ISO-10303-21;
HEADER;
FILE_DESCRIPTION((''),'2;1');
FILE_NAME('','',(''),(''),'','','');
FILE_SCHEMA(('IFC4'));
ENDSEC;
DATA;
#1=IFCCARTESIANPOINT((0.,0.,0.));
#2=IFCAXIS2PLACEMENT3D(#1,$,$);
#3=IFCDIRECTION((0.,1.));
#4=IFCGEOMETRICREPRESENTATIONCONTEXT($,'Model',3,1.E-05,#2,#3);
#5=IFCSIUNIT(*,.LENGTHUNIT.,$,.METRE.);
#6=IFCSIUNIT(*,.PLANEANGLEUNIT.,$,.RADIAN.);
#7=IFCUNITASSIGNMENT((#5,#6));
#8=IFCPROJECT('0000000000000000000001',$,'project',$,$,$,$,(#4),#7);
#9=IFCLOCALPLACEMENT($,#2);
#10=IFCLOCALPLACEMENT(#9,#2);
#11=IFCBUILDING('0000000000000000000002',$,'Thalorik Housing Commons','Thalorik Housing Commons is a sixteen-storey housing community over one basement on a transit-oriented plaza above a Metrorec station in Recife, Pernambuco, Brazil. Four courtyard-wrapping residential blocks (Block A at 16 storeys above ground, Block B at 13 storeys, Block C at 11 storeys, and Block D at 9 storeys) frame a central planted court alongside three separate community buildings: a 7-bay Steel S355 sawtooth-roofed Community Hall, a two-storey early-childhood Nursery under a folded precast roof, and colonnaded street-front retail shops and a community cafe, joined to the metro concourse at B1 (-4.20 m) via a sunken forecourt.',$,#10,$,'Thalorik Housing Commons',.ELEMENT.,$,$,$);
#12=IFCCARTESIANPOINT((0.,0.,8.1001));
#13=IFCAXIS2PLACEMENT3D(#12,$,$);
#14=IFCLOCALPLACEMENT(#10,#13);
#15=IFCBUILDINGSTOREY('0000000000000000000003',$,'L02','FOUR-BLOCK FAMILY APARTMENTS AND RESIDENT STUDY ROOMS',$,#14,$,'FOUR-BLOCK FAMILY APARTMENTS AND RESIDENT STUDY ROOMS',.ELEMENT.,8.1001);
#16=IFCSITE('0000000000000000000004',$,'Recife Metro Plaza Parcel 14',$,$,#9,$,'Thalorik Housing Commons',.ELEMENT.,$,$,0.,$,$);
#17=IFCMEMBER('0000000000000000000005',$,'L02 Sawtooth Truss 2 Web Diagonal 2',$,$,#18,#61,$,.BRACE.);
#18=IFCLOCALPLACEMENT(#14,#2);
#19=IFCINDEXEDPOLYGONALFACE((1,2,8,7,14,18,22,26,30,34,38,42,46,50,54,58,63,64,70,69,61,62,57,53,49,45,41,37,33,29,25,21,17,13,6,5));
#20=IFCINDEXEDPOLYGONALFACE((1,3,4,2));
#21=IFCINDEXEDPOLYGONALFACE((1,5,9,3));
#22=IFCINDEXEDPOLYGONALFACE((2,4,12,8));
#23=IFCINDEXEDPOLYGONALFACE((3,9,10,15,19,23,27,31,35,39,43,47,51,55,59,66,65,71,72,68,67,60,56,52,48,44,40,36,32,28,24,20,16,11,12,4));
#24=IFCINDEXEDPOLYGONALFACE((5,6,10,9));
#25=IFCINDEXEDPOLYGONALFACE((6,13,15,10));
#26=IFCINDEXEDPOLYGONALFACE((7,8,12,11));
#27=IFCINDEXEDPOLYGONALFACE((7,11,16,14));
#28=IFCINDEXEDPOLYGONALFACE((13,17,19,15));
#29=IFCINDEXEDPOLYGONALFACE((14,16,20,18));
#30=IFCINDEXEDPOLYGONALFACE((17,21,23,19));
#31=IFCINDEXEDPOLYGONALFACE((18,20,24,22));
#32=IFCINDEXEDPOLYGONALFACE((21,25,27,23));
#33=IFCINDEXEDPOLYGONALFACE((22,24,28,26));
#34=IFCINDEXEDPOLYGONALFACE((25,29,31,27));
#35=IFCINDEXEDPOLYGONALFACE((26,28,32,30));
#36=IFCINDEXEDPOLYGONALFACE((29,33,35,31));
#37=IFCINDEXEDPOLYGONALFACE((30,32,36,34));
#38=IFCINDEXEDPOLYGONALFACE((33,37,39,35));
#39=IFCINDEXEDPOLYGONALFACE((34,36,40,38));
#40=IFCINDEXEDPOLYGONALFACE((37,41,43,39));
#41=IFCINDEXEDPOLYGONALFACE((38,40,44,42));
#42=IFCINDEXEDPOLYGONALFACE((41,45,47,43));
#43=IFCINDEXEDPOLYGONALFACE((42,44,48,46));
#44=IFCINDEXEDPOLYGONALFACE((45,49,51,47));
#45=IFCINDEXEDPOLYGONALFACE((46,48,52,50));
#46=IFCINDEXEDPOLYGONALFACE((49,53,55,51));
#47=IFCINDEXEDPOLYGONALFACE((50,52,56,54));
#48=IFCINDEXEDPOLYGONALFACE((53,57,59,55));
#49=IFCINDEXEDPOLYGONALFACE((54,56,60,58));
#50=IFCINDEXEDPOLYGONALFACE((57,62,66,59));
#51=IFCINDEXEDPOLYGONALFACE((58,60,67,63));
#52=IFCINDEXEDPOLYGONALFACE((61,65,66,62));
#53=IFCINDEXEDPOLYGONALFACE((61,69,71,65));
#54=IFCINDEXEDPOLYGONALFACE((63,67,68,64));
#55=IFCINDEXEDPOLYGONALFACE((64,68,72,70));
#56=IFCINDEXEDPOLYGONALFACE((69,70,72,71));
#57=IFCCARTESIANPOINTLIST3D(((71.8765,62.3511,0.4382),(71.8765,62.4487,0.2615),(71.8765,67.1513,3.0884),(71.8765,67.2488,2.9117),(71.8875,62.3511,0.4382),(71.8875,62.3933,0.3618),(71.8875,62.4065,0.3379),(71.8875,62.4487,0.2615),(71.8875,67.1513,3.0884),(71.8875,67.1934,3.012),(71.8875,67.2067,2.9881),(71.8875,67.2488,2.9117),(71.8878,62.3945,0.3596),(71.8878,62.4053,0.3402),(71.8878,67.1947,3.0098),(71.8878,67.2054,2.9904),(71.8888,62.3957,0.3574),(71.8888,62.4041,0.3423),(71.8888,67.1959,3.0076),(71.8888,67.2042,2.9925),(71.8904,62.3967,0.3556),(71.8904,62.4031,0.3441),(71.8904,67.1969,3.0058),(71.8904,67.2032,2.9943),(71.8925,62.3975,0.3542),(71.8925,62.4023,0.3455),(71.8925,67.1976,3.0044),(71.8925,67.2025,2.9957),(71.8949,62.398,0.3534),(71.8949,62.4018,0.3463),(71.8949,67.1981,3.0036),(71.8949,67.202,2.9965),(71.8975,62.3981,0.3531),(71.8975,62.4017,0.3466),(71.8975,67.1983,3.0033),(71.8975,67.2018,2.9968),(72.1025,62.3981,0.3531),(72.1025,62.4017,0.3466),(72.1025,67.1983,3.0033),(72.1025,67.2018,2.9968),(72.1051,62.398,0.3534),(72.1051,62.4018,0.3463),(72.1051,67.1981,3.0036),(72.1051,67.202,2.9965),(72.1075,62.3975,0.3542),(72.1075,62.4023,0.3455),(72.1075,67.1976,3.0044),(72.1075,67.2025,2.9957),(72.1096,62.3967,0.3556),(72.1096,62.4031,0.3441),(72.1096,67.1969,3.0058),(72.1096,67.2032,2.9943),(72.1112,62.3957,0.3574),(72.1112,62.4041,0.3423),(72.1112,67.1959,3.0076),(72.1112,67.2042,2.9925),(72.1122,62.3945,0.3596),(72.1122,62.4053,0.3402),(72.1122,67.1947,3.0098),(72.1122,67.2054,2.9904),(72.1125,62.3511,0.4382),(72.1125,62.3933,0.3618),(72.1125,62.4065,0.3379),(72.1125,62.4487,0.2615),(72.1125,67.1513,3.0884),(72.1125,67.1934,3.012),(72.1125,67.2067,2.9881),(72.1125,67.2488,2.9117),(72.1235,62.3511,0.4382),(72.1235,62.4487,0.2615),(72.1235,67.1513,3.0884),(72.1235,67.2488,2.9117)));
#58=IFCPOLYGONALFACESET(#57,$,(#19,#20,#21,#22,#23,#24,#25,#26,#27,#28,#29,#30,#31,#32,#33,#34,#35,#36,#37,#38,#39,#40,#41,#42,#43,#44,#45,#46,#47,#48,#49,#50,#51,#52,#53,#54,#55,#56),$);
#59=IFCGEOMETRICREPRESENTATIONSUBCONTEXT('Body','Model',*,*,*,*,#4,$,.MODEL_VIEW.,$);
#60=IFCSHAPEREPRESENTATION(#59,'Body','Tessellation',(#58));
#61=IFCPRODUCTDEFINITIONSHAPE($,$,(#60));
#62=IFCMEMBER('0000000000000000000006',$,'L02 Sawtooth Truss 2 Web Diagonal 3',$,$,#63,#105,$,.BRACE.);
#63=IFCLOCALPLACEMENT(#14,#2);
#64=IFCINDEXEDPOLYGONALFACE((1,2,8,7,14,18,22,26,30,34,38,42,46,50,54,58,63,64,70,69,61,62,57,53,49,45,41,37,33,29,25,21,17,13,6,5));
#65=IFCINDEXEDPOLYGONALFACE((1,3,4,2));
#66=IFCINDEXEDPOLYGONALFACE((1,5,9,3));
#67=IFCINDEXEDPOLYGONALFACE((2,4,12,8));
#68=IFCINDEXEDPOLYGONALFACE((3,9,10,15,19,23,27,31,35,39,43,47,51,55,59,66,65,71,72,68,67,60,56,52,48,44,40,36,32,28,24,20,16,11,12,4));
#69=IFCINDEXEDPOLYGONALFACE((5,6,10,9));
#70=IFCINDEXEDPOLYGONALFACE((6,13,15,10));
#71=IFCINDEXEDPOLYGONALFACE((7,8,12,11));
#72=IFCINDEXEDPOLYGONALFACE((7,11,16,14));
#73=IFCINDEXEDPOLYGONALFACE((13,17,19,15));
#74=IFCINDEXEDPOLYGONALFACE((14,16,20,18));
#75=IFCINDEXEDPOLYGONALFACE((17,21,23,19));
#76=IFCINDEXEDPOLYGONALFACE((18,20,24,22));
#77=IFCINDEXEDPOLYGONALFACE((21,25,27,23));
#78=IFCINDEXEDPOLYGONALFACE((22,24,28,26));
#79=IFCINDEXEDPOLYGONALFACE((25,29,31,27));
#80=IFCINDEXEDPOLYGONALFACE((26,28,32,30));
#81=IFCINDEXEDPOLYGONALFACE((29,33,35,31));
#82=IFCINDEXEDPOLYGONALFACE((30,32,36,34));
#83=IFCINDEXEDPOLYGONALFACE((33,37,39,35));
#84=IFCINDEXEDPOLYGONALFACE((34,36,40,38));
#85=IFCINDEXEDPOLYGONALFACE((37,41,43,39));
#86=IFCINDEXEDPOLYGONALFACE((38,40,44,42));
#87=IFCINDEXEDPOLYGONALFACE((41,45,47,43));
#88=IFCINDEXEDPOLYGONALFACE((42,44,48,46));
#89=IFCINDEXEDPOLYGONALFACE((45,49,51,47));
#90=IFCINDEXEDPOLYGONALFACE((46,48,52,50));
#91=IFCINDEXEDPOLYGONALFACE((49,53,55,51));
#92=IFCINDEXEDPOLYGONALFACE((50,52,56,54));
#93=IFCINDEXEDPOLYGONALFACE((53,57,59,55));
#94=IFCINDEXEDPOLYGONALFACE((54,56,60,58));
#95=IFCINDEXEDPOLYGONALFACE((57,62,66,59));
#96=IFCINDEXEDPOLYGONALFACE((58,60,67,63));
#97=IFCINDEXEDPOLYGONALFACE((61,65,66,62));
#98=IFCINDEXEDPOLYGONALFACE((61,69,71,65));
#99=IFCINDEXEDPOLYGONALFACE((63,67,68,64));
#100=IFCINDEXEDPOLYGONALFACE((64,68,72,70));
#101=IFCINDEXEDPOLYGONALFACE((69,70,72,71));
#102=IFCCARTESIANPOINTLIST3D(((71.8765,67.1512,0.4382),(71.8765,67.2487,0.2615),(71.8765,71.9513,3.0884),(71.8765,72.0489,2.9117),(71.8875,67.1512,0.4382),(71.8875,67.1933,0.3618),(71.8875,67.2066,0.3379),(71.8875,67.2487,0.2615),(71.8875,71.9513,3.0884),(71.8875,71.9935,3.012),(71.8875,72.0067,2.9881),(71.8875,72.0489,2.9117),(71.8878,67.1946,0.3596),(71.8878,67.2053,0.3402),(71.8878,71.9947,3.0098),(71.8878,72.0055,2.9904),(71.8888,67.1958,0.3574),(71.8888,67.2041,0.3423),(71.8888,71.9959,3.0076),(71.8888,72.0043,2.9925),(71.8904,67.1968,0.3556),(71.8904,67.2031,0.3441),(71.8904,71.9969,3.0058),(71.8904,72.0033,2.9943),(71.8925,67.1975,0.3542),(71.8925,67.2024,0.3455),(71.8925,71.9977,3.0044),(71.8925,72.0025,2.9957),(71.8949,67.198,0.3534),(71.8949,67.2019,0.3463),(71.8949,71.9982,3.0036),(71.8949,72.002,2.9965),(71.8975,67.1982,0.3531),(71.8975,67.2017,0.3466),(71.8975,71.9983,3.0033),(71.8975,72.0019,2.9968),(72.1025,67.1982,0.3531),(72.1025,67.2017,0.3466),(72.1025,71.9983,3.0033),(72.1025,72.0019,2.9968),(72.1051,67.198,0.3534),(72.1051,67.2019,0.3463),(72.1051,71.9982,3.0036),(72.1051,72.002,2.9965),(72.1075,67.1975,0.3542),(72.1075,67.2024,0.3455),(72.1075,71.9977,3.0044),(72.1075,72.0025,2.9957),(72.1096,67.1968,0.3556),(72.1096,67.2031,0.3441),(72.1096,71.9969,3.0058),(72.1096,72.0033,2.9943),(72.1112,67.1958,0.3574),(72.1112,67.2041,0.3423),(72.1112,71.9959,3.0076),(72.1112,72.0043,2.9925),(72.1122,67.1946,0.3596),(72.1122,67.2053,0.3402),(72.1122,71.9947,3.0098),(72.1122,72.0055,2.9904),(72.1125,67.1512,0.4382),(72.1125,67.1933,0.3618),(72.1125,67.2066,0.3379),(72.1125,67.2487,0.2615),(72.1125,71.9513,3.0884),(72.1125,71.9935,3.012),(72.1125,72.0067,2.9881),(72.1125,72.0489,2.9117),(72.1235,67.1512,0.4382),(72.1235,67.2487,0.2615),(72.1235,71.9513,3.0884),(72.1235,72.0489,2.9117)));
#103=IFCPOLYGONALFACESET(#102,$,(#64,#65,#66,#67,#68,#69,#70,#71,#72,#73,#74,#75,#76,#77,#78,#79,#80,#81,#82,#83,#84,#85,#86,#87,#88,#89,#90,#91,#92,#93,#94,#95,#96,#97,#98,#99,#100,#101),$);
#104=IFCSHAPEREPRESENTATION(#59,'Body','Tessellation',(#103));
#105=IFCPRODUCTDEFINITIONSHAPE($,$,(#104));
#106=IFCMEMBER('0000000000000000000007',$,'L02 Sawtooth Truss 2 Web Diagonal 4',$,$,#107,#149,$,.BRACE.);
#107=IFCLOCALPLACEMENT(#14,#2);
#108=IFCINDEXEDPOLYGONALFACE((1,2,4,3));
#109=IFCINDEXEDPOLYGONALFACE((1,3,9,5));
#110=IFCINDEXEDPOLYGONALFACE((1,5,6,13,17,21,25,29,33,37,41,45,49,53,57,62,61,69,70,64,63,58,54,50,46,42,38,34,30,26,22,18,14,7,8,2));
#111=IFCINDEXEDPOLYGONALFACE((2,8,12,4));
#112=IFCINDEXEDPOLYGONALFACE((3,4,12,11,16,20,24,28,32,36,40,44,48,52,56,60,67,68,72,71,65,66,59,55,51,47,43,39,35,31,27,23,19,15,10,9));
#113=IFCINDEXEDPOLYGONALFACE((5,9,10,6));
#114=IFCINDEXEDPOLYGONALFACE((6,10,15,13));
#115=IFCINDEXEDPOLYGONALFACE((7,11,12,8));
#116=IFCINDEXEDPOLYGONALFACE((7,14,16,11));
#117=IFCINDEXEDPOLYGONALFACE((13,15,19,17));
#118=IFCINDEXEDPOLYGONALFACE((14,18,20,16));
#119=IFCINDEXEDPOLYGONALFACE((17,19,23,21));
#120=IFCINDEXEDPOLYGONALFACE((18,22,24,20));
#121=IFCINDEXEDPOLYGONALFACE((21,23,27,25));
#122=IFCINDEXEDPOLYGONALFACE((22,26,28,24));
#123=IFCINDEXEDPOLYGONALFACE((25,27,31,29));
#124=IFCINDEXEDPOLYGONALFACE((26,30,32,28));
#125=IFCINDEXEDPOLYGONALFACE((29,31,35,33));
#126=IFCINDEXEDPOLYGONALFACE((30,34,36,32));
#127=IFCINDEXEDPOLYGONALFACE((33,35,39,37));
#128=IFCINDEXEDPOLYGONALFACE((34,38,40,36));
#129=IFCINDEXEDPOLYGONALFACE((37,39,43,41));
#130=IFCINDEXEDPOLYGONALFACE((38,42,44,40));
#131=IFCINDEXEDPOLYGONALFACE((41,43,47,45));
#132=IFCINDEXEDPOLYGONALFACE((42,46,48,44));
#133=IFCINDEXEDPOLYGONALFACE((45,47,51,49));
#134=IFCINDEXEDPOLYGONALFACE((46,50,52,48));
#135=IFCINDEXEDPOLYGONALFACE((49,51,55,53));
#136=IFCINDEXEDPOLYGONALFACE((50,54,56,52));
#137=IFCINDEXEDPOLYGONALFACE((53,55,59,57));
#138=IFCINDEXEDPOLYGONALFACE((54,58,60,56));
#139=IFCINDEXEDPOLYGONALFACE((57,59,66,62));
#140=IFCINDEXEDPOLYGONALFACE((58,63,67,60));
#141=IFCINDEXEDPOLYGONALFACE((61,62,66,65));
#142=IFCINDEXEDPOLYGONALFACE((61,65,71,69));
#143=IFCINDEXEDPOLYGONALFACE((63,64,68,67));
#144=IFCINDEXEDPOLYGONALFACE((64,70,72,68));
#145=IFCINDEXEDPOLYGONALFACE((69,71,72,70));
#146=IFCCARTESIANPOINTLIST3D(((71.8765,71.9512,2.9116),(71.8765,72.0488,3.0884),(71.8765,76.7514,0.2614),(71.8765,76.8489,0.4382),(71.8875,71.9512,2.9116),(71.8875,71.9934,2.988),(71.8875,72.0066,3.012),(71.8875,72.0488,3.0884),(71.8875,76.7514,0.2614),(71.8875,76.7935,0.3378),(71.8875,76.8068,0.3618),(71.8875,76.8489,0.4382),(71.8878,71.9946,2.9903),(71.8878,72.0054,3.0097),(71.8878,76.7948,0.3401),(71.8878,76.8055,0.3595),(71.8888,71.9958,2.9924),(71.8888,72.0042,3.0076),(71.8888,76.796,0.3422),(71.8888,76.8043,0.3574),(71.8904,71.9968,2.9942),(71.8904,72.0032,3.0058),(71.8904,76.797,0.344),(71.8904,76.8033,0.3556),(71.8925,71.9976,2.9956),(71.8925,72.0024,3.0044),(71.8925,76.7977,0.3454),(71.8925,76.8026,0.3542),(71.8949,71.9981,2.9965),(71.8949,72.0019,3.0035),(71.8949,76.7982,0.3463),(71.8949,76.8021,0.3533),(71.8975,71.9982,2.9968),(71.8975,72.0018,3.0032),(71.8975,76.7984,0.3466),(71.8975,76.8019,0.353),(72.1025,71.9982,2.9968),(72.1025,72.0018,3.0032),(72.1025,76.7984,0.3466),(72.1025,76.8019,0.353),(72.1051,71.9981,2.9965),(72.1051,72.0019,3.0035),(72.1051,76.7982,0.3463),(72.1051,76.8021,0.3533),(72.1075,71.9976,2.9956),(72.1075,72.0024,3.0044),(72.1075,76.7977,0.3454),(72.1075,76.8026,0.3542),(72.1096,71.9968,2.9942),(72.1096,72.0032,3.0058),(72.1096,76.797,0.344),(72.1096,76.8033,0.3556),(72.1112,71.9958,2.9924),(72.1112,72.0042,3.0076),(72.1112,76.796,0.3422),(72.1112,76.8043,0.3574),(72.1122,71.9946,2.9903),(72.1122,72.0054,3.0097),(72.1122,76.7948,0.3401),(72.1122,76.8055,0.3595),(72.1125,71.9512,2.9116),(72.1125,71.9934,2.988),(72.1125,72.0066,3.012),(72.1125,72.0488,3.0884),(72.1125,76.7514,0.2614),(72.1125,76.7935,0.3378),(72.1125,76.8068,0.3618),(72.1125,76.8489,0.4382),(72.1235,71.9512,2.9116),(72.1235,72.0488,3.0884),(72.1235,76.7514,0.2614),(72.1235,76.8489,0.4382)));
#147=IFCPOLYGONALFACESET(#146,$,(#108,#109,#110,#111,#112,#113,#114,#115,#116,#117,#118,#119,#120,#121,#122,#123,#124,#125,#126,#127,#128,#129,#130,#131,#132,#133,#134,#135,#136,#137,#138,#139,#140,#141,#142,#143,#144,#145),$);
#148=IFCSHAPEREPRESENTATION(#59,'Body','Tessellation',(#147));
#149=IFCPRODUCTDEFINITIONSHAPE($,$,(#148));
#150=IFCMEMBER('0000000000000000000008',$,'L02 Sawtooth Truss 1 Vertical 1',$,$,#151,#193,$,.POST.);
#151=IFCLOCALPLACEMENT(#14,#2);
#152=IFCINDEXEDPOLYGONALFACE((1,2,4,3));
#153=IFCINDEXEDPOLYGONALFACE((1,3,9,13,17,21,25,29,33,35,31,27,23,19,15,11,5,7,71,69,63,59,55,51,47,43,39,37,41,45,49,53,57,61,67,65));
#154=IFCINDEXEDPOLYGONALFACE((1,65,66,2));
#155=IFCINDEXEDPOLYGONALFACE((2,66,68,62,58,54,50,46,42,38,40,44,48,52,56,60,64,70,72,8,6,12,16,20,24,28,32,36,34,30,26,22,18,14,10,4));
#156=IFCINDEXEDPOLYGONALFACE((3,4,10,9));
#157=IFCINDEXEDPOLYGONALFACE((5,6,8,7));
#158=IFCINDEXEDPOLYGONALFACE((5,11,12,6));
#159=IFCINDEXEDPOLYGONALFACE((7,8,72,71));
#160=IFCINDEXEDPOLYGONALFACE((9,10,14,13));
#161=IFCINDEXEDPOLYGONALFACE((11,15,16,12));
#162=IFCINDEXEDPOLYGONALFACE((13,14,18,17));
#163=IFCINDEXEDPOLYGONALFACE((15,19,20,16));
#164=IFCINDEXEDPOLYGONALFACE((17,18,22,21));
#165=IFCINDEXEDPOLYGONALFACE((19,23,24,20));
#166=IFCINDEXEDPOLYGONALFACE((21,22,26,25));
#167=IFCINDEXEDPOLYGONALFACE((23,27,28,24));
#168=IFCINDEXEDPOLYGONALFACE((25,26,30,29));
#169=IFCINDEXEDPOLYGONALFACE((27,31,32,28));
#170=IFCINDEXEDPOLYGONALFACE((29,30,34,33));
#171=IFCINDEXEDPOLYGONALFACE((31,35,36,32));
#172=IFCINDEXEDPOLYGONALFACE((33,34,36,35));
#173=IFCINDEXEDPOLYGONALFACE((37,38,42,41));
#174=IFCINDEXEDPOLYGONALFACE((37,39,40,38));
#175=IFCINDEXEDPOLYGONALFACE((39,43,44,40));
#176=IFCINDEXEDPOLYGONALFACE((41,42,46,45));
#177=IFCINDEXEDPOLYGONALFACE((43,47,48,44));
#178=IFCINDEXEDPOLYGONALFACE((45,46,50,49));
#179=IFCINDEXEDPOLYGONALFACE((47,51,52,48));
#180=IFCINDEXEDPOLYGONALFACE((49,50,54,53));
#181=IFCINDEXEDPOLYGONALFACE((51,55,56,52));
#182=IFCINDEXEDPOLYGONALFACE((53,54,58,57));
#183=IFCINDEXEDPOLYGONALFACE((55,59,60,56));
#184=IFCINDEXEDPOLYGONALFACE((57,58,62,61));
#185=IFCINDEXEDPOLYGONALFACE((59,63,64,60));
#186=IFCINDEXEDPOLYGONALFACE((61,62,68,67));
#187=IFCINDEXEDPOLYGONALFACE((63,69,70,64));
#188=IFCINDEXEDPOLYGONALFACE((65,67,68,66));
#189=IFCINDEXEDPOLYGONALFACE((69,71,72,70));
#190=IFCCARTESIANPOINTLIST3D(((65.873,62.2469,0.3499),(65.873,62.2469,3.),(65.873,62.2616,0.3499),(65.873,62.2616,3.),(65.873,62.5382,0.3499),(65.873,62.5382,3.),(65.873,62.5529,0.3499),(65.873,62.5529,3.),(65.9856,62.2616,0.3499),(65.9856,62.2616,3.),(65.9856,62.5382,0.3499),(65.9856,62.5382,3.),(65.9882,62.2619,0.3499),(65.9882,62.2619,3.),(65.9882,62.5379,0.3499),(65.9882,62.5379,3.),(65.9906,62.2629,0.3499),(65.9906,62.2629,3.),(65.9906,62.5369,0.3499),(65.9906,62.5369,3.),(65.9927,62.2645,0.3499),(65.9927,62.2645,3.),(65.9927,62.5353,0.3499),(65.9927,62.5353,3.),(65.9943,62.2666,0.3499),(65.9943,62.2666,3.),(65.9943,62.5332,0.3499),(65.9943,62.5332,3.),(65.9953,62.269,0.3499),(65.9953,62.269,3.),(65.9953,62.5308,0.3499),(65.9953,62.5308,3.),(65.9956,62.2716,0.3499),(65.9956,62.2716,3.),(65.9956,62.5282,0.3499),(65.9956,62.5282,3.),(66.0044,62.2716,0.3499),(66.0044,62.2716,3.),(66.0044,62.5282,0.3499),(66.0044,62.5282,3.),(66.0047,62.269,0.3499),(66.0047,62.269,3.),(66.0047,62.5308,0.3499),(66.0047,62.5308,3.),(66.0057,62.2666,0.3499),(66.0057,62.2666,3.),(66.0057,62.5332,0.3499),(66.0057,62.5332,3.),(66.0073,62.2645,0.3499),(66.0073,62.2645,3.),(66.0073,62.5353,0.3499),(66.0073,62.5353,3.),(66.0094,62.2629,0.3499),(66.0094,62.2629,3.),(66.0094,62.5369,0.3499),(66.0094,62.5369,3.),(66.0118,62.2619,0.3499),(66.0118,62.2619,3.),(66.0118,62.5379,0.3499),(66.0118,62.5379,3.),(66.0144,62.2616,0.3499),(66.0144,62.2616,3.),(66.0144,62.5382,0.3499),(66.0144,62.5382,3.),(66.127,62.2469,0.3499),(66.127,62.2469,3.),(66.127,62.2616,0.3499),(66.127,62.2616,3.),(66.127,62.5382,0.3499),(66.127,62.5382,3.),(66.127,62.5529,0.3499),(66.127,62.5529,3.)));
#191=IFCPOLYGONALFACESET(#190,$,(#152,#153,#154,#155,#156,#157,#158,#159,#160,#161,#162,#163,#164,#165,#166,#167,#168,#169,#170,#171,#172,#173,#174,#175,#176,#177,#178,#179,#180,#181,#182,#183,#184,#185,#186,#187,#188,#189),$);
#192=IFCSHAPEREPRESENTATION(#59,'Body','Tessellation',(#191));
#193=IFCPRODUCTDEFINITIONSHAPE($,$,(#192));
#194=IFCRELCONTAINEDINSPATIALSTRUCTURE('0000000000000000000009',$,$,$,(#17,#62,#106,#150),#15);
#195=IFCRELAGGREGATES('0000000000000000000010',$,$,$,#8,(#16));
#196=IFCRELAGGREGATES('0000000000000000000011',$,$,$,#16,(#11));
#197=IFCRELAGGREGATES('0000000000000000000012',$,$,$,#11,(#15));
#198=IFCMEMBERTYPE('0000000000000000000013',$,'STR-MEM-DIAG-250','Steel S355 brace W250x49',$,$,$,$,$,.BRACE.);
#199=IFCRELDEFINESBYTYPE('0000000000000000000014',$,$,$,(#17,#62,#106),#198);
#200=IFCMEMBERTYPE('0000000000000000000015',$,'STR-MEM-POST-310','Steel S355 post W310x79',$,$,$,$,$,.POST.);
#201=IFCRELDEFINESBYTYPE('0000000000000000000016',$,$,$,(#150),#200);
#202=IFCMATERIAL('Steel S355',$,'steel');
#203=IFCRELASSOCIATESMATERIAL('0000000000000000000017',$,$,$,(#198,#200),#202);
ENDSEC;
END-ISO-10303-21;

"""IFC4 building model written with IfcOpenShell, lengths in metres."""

from ifc_helpers import new_model, si_unit, direction, frame, origin, origin_2d, place, context, subcontext, project, spatial, i_section, extrude, material, material_profile, profile_set, type_object, element, save


model = new_model("IFC4")

# Units and contexts
model_context = context("Model", 3, precision=1e-05, world=origin(), true_north=direction((0.0, 1.0)))
body_context = subcontext(model_context, "Body", "Model", "MODEL_VIEW")
ifc_project = project(units=[si_unit("LENGTHUNIT", "METRE"), si_unit("PLANEANGLEUNIT", "RADIAN")], contexts=[model_context])

# Site, building, storey
site_placement = place(None, origin())
site = spatial("IfcSite", under=ifc_project, at=site_placement, Name="Recife Metro Plaza Parcel 14", LongName="Thalorik Housing Commons", CompositionType="ELEMENT", RefElevation=0.0)
building_placement = place(site_placement, origin())
building = spatial("IfcBuilding", under=site, at=building_placement, Name="Thalorik Housing Commons", Description="Thalorik Housing Commons is a sixteen-storey housing community over one basement on a transit-oriented plaza above a Metrorec station in Recife, Pernambuco, Brazil. Four courtyard-wrapping residential blocks (Block A at 16 storeys above ground, Block B at 13 storeys, Block C at 11 storeys, and Block D at 9 storeys) frame a central planted court alongside three separate community buildings: a 7-bay Steel S355 sawtooth-roofed Community Hall, a two-storey early-childhood Nursery under a folded precast roof, and colonnaded street-front retail shops and a community cafe, joined to the metro concourse at B1 (-4.20 m) via a sunken forecourt.", LongName="Thalorik Housing Commons", CompositionType="ELEMENT")
storey_placement = place(building_placement, frame((0.0, 0.0, 8.1001)))
storey = spatial("IfcBuildingStorey", under=building, at=storey_placement, Name="L02", Description="FOUR-BLOCK FAMILY APARTMENTS AND RESIDENT STUDY ROOMS", LongName="FOUR-BLOCK FAMILY APARTMENTS AND RESIDENT STUDY ROOMS", CompositionType="ELEMENT", Elevation=8.1001)

# Shared definitions
ifc_material_1 = material(Name="Steel S355", Category="steel")

# Members
ifc_material_profile_1 = material_profile(ifc_material_1, i_section(OverallWidth=0.2019, OverallDepth=0.2471, WebThickness=0.0073, FlangeThickness=0.011, FilletRadius=0.01, at=origin_2d()), Name="W250x49", Category="steel")
ifc_profile_set_1 = profile_set([ifc_material_profile_1], Name="Steel S355")
member_type_1 = type_object("IfcMemberType", Name="STR-MEM-DIAG-250", Description="Steel S355 brace W250x49", PredefinedType="BRACE", material=ifc_profile_set_1)
for number, where, z_axis, x_axis, name in (
    (1, (72.0, 62.3999, 0.3499), (0.0, 0.875435, 0.483335), (0.0, -0.483335, 0.875435), "L02 Sawtooth Truss 2 Web Diagonal 2"),
    (2, (72.0, 67.2, 0.3499), (0.0, 0.875435, 0.483335), (0.0, -0.483335, 0.875435), "L02 Sawtooth Truss 2 Web Diagonal 3"),
    (3, (72.0, 72.0, 3.0), (0.0, 0.875435, -0.483335), (0.0, 0.483335, 0.875435), "L02 Sawtooth Truss 2 Web Diagonal 4"),
):
    element("IfcMember", number, at=place(storey_placement, frame(where, z_axis=z_axis, x_axis=x_axis)), inside=storey, type_object=member_type_1, Name=name, PredefinedType="BRACE", context=body_context, shape_type="SweptSolid", body=[
        extrude(i_section(OverallWidth=0.2019, OverallDepth=0.2471, WebThickness=0.0073, FlangeThickness=0.011, FilletRadius=0.01, at=origin_2d()), origin(), (0.0, 0.0, 1.0), 5.4832),
    ])
ifc_material_profile_2 = material_profile(ifc_material_1, i_section(OverallWidth=0.2539, OverallDepth=0.3059, WebThickness=0.0088, FlangeThickness=0.0146, FilletRadius=0.01, at=origin_2d()), Name="W310x79", Category="steel")
ifc_profile_set_2 = profile_set([ifc_material_profile_2], Name="Steel S355")
member_type_2 = type_object("IfcMemberType", Name="STR-MEM-POST-310", Description="Steel S355 post W310x79", PredefinedType="POST", material=ifc_profile_set_2)
for number, where, z_axis, x_axis, name in (
    (4, (66.0, 62.3999, 0.3499), (0.0, 0.0, 1.0), (1.0, 0.0, 0.0), "L02 Sawtooth Truss 1 Vertical 1"),
):
    element("IfcMember", number, at=place(storey_placement, frame(where, z_axis=z_axis, x_axis=x_axis)), inside=storey, type_object=member_type_2, Name=name, PredefinedType="POST", context=body_context, shape_type="SweptSolid", body=[
        extrude(i_section(OverallWidth=0.2539, OverallDepth=0.3059, WebThickness=0.0088, FlangeThickness=0.0146, FilletRadius=0.01, at=origin_2d()), origin(), (0.0, 0.0, 1.0), 2.6501),
    ])

save(model, "model.ifc")
